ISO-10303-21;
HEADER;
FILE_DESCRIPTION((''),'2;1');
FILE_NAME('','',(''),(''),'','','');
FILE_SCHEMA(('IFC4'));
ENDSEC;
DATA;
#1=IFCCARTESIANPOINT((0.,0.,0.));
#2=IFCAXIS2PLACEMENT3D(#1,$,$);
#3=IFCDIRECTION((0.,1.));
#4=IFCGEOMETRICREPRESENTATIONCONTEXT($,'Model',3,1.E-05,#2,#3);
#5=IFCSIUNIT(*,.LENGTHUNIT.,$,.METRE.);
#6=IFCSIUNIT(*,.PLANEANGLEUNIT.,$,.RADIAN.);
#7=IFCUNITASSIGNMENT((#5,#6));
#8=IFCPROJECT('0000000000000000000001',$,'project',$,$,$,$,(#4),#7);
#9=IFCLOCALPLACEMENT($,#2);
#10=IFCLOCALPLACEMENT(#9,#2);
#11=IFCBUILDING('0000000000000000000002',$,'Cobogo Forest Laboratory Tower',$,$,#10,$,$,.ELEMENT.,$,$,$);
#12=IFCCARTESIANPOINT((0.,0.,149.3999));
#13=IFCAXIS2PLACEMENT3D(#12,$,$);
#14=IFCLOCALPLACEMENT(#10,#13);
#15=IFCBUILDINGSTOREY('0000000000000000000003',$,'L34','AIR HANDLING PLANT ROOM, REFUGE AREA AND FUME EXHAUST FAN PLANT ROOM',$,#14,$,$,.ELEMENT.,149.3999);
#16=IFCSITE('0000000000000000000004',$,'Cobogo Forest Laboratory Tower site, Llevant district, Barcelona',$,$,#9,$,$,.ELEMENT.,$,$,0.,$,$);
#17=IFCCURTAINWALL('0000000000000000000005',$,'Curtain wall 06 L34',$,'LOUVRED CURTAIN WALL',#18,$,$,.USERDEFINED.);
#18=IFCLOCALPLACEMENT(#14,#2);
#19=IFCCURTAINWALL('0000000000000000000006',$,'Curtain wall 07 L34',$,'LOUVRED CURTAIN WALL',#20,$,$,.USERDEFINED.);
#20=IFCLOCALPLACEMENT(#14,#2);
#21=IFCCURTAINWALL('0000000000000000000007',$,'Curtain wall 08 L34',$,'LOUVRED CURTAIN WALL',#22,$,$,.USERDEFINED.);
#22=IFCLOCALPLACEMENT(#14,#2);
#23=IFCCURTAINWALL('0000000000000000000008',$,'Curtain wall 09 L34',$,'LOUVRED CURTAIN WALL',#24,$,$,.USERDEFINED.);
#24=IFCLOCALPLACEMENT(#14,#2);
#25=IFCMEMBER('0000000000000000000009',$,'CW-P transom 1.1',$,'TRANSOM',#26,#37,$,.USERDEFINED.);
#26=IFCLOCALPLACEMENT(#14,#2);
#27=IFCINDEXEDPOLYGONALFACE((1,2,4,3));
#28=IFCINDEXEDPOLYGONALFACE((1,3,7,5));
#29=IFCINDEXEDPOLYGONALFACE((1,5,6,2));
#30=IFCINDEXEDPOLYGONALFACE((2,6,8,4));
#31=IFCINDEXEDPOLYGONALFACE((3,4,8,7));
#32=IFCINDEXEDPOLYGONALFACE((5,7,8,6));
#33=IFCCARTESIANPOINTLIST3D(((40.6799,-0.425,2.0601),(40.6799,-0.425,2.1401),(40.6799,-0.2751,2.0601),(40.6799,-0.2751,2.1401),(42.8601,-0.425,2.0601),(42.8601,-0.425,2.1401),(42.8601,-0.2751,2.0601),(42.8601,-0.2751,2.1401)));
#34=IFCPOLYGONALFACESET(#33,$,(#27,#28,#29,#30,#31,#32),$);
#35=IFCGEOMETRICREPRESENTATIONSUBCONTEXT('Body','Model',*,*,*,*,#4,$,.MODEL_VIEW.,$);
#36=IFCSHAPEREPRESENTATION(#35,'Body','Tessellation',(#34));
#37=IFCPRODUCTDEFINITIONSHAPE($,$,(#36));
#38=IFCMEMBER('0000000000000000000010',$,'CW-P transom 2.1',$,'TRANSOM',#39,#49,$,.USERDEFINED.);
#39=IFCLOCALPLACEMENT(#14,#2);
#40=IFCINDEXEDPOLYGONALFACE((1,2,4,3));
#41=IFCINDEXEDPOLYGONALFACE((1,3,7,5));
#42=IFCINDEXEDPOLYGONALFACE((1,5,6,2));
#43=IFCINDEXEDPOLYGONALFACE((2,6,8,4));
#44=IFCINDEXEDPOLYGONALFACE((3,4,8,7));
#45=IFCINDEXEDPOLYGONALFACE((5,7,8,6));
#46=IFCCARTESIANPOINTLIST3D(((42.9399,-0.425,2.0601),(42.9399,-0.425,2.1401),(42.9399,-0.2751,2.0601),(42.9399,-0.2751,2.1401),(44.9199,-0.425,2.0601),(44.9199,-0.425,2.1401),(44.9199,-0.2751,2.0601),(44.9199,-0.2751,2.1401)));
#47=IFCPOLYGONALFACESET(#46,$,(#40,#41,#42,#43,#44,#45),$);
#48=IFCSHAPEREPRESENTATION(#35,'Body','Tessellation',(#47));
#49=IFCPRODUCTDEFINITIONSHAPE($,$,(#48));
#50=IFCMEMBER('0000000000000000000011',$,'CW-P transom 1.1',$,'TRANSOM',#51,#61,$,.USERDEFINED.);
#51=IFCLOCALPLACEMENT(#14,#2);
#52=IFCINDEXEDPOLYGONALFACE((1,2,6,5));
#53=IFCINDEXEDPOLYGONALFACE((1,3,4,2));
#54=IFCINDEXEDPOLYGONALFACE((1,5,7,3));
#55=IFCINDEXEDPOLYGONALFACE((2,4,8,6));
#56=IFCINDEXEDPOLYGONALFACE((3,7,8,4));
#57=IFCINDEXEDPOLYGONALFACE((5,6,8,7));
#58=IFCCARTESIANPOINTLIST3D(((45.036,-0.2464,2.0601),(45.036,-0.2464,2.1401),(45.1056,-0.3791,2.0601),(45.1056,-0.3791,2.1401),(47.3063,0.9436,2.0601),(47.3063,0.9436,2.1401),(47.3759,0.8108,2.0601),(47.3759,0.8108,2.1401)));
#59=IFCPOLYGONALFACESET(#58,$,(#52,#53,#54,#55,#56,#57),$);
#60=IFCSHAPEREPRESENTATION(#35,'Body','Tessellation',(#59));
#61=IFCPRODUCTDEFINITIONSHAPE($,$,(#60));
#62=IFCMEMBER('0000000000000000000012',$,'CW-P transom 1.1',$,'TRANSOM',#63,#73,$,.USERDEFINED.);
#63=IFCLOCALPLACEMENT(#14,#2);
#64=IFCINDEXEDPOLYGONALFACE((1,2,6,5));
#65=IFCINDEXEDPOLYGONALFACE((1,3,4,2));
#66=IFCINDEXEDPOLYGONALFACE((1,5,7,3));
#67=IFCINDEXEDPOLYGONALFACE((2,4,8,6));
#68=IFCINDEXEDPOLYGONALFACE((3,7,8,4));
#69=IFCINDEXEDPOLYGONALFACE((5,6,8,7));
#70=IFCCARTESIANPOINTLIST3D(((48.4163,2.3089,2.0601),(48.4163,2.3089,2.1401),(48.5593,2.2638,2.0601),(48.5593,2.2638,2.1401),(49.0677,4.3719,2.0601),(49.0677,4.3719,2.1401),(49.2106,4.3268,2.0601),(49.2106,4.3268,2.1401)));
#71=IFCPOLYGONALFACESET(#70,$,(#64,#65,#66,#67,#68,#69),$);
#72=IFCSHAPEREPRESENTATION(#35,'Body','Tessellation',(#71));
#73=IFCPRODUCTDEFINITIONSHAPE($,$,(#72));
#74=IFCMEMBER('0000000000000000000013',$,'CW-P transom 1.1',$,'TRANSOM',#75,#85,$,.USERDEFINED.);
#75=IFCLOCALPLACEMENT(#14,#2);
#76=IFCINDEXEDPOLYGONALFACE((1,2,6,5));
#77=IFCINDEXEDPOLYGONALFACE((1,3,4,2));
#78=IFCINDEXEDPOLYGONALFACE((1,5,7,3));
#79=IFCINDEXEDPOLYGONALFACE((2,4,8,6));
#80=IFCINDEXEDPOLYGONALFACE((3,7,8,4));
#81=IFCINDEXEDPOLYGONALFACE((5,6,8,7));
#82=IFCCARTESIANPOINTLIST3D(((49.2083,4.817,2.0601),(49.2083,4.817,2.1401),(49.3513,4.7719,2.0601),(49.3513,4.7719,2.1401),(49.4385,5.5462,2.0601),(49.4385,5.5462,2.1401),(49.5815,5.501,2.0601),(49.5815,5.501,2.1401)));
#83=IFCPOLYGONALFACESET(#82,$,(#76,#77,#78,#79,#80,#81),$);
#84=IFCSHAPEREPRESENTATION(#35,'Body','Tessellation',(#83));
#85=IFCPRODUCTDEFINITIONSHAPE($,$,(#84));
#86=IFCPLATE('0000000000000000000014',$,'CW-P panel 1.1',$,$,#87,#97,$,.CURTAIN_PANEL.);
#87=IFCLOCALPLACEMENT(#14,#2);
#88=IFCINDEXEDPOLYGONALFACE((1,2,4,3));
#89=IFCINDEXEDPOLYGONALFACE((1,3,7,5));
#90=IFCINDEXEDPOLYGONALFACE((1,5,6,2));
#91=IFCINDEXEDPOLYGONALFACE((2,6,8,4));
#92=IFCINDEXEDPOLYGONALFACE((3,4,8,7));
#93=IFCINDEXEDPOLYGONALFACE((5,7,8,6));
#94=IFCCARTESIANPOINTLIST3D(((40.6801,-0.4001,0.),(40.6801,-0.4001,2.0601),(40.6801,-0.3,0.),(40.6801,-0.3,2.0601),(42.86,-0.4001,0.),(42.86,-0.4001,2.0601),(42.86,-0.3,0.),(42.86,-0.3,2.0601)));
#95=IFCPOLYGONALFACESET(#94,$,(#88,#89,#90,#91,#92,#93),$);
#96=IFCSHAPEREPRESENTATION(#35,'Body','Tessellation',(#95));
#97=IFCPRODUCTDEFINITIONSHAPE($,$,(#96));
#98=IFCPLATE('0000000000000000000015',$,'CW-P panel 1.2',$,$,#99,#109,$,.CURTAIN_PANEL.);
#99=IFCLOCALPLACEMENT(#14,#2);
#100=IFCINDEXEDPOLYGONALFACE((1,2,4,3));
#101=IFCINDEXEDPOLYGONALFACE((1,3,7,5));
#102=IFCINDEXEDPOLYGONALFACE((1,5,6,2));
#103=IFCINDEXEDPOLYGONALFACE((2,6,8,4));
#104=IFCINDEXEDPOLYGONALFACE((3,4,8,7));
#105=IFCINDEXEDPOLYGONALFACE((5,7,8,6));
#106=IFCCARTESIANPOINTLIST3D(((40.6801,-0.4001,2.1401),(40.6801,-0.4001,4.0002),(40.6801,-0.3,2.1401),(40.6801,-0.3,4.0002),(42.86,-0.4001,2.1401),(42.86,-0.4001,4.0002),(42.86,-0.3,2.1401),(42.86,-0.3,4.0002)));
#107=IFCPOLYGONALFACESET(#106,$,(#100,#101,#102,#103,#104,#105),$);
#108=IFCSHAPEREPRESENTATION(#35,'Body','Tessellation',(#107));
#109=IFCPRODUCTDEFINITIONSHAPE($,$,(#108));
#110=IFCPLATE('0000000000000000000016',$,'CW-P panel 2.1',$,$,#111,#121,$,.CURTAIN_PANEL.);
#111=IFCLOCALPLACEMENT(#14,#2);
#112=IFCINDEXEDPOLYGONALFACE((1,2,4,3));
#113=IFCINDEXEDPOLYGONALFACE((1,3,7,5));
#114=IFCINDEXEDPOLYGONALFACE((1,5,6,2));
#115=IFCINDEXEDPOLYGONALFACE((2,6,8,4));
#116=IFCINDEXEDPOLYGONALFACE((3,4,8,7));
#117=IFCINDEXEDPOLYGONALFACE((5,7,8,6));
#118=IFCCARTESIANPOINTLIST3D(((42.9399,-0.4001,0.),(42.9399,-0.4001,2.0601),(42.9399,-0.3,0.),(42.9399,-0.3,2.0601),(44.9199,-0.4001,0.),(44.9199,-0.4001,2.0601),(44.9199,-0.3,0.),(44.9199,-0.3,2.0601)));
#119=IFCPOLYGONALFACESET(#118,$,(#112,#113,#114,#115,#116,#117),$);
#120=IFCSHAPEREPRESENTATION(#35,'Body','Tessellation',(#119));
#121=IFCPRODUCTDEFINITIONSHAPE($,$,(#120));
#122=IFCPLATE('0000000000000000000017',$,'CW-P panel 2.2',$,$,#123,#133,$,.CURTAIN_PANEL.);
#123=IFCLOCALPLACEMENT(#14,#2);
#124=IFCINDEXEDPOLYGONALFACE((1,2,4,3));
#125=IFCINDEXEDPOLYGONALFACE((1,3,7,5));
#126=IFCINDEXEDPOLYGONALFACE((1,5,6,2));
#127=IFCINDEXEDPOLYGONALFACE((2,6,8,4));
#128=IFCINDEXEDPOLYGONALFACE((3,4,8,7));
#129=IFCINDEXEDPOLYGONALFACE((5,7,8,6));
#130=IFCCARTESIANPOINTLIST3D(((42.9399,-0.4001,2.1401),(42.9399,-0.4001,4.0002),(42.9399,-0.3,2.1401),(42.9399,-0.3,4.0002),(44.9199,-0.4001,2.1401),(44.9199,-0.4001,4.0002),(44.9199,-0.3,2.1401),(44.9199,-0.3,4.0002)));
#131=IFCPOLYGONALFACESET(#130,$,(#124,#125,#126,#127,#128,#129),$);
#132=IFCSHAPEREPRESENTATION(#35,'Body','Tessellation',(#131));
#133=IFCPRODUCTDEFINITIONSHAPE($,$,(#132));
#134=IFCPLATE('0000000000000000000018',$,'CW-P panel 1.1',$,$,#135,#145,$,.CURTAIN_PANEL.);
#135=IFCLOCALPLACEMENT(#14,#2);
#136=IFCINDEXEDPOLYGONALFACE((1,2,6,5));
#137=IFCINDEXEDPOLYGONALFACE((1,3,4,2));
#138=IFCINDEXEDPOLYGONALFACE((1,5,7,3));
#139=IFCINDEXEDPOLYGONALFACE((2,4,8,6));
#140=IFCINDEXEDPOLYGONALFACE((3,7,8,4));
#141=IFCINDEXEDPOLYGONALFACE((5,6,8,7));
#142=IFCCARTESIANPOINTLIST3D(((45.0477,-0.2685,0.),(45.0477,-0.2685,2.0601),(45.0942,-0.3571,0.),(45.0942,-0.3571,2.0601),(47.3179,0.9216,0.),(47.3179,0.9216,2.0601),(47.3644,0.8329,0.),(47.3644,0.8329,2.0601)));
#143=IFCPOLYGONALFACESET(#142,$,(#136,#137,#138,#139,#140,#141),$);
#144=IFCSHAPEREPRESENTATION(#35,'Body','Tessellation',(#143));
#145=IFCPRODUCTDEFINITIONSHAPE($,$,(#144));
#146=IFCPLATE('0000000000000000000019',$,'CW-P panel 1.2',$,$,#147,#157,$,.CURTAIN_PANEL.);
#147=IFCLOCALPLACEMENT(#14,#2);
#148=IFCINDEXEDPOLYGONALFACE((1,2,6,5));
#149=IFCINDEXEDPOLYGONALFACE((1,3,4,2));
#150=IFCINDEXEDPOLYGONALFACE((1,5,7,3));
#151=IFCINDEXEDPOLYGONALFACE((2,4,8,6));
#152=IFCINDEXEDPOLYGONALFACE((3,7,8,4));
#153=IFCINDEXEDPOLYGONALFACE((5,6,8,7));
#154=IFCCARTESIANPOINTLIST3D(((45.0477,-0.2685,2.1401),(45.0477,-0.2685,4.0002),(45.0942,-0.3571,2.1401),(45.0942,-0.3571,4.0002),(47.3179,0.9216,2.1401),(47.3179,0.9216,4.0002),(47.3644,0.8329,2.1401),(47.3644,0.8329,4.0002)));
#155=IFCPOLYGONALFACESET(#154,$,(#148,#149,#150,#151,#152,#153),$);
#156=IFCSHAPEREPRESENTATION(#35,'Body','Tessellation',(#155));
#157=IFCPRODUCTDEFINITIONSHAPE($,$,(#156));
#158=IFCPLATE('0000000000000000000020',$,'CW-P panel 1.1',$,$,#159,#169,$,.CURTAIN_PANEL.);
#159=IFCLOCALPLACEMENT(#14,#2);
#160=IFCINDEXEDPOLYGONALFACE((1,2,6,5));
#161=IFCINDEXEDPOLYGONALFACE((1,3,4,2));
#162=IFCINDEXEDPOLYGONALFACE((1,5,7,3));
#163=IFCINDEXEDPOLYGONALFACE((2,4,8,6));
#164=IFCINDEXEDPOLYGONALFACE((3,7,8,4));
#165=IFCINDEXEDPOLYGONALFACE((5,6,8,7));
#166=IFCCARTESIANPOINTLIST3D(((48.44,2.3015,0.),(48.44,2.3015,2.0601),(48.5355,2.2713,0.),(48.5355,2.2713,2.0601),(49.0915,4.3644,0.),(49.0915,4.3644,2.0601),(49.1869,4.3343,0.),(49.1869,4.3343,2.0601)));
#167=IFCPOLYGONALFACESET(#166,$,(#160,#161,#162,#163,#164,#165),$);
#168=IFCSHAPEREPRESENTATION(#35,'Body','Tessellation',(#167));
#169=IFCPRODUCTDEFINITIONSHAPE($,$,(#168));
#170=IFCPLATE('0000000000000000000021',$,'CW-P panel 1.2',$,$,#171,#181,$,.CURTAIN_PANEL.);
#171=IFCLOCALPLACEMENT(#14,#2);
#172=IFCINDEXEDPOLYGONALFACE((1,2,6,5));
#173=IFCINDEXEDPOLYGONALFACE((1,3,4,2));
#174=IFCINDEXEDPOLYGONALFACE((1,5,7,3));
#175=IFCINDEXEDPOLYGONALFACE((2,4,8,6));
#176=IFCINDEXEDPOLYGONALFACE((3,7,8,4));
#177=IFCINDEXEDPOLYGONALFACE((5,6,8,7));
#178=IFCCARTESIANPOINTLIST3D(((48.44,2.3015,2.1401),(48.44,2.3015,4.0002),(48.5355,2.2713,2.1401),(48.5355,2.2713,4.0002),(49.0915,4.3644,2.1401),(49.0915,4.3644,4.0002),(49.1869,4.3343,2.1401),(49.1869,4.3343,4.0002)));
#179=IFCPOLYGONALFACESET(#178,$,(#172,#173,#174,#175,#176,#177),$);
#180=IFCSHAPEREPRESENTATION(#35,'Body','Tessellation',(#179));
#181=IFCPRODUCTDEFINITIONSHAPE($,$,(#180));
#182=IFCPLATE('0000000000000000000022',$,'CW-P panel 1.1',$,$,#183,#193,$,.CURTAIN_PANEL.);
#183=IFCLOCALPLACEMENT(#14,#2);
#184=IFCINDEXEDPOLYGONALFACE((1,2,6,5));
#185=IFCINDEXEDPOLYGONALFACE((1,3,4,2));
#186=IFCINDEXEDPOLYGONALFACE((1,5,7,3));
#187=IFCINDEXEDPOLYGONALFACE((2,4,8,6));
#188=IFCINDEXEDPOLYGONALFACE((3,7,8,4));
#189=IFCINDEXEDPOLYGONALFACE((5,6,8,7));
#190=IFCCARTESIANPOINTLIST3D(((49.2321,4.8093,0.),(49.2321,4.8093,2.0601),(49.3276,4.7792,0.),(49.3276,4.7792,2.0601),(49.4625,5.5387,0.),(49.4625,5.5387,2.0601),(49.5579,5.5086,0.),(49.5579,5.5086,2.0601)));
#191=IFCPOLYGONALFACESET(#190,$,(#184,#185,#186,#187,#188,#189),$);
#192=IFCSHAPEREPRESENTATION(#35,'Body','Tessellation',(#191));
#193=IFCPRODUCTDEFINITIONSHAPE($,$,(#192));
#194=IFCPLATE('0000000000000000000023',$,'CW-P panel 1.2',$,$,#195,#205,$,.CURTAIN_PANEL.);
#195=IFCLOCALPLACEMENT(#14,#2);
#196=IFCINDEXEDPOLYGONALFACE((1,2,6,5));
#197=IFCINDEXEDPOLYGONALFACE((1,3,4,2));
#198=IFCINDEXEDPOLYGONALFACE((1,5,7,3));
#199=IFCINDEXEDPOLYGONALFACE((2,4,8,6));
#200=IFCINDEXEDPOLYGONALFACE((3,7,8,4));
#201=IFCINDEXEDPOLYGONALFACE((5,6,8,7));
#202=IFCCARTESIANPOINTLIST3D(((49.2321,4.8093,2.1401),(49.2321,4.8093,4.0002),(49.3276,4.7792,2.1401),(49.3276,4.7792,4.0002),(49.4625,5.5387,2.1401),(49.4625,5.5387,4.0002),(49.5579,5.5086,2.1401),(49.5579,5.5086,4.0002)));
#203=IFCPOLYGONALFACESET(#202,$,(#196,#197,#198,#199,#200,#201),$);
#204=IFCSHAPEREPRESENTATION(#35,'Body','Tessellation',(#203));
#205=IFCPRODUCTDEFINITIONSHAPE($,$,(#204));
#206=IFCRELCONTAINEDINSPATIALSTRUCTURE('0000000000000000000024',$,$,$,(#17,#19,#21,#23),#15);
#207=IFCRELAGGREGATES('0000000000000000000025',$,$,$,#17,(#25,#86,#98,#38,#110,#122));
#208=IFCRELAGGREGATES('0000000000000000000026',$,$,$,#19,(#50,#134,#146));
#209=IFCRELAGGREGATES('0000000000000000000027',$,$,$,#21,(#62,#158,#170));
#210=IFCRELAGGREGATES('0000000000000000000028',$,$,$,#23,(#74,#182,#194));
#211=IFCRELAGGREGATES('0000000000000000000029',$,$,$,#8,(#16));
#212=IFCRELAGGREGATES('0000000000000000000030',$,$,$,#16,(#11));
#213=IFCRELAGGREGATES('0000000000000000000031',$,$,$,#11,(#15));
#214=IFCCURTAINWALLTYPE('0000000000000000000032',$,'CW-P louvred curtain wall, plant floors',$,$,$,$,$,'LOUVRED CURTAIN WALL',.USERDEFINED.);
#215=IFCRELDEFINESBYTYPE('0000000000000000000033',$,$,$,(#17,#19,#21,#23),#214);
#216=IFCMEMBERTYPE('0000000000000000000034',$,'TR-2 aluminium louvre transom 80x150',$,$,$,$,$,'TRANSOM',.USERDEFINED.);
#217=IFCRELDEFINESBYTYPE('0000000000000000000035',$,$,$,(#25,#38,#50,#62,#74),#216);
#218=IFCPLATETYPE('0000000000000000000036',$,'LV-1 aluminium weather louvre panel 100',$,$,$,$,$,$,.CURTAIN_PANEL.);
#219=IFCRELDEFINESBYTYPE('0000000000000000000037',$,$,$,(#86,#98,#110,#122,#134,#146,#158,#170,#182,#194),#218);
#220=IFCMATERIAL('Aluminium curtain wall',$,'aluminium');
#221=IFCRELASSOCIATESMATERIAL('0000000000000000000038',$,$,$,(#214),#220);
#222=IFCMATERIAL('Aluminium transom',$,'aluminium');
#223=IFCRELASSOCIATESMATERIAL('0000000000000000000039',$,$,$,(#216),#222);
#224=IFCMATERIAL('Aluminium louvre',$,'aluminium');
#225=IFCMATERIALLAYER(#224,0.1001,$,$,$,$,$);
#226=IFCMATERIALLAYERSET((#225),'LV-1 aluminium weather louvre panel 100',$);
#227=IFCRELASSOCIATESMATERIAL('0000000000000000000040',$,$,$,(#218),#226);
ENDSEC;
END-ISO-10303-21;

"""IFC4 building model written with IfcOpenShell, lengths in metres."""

from ifc_helpers import new_model, si_unit, direction, frame, origin, origin_2d, place, context, subcontext, project, spatial, rectangle, extrude, material, layer, layer_set, material_profile, profile_set, type_object, element, aggregate, save


model = new_model("IFC4")

# Units and contexts
model_context = context("Model", 3, precision=1e-05, world=origin(), true_north=direction((0.0, 1.0)))
body_context = subcontext(model_context, "Body", "Model", "MODEL_VIEW")
ifc_project = project(units=[si_unit("LENGTHUNIT", "METRE"), si_unit("PLANEANGLEUNIT", "RADIAN")], contexts=[model_context])

# Site, building, storey
site_placement = place(None, origin())
site = spatial("IfcSite", under=ifc_project, at=site_placement, Name="Cobogo Forest Laboratory Tower site, Llevant district, Barcelona", CompositionType="ELEMENT", RefElevation=0.0)
building_placement = place(site_placement, origin())
building = spatial("IfcBuilding", under=site, at=building_placement, Name="Cobogo Forest Laboratory Tower", CompositionType="ELEMENT")
storey_placement = place(building_placement, frame((0.0, 0.0, 149.3999)))
storey = spatial("IfcBuildingStorey", under=building, at=storey_placement, Name="L34", Description="AIR HANDLING PLANT ROOM, REFUGE AREA AND FUME EXHAUST FAN PLANT ROOM", CompositionType="ELEMENT", Elevation=149.3999)

# Curtain walls
ifc_material_1 = material(Name="Aluminium curtain wall", Category="aluminium")
curtain_wall_type = type_object("IfcCurtainWallType", Name="CW-P louvred curtain wall, plant floors", ElementType="LOUVRED CURTAIN WALL", PredefinedType="USERDEFINED", material=ifc_material_1)
curtain_wall_1_placement = place(storey_placement, origin())
curtain_wall_1 = element("IfcCurtainWall", 1, at=curtain_wall_1_placement, inside=storey, type_object=curtain_wall_type, Name="Curtain wall 06 L34", ObjectType="LOUVRED CURTAIN WALL", PredefinedType="USERDEFINED")
curtain_wall_2_placement = place(storey_placement, origin())
curtain_wall_2 = element("IfcCurtainWall", 2, at=curtain_wall_2_placement, inside=storey, type_object=curtain_wall_type, Name="Curtain wall 07 L34", ObjectType="LOUVRED CURTAIN WALL", PredefinedType="USERDEFINED")
curtain_wall_3_placement = place(storey_placement, origin())
curtain_wall_3 = element("IfcCurtainWall", 3, at=curtain_wall_3_placement, inside=storey, type_object=curtain_wall_type, Name="Curtain wall 08 L34", ObjectType="LOUVRED CURTAIN WALL", PredefinedType="USERDEFINED")
curtain_wall_4_placement = place(storey_placement, origin())
curtain_wall_4 = element("IfcCurtainWall", 4, at=curtain_wall_4_placement, inside=storey, type_object=curtain_wall_type, Name="Curtain wall 09 L34", ObjectType="LOUVRED CURTAIN WALL", PredefinedType="USERDEFINED")

# Members
ifc_material_2 = material(Name="Aluminium transom", Category="aluminium")
ifc_material_profile_1 = material_profile(ifc_material_2, rectangle(XDim=0.1499, YDim=0.0801, at=origin_2d()), Name="AL 80x150")
ifc_profile_set_1 = profile_set([ifc_material_profile_1], Name="Aluminium transom")
member_type_1 = type_object("IfcMemberType", Name="TR-2 aluminium louvre transom 80x150", ElementType="TRANSOM", PredefinedType="USERDEFINED", material=ifc_profile_set_1)
member_1_placement = place(storey_placement, frame((40.6799, -0.3501, 2.1001), z_axis=(1.0, 0.0, 0.0), x_axis=(0.0, 1.0, 0.0)))
member_1 = element("IfcMember", 5, at=member_1_placement, type_object=member_type_1, Name="CW-P transom 1.1", ObjectType="TRANSOM", PredefinedType="USERDEFINED", context=body_context, shape_type="SweptSolid", body=[
    extrude(rectangle(XDim=0.1499, YDim=0.0801, at=origin_2d()), origin(), (0.0, 0.0, 1.0), 2.1802),
])
member_2_placement = place(storey_placement, frame((42.9399, -0.3501, 2.1001), z_axis=(1.0, 0.0, 0.0), x_axis=(0.0, 1.0, 0.0)))
member_2 = element("IfcMember", 6, at=member_2_placement, type_object=member_type_1, Name="CW-P transom 2.1", ObjectType="TRANSOM", PredefinedType="USERDEFINED", context=body_context, shape_type="SweptSolid", body=[
    extrude(rectangle(XDim=0.1499, YDim=0.0801, at=origin_2d()), origin(), (0.0, 0.0, 1.0), 1.98),
])
member_3_placement = place(storey_placement, frame((45.0708, -0.3127, 2.1001), z_axis=(0.88571, 0.464238, 0.0), x_axis=(-0.464238, 0.88571, 0.0)))
member_3 = element("IfcMember", 7, at=member_3_placement, type_object=member_type_1, Name="CW-P transom 1.1", ObjectType="TRANSOM", PredefinedType="USERDEFINED", context=body_context, shape_type="SweptSolid", body=[
    extrude(rectangle(XDim=0.1499, YDim=0.0801, at=origin_2d()), origin(), (0.0, 0.0, 1.0), 2.5632),
])
member_4_placement = place(storey_placement, frame((48.4878, 2.2864, 2.1001), z_axis=(0.301088, 0.953596, 0.0), x_axis=(-0.953596, 0.301088, 0.0)))
member_4 = element("IfcMember", 8, at=member_4_placement, type_object=member_type_1, Name="CW-P transom 1.1", ObjectType="TRANSOM", PredefinedType="USERDEFINED", context=body_context, shape_type="SweptSolid", body=[
    extrude(rectangle(XDim=0.1499, YDim=0.0801, at=origin_2d()), origin(), (0.0, 0.0, 1.0), 2.1633),
])
member_5_placement = place(storey_placement, frame((49.2798, 4.7944, 2.1001), z_axis=(0.301055, 0.953607, 0.0), x_axis=(-0.953607, 0.301055, 0.0)))
member_5 = element("IfcMember", 9, at=member_5_placement, type_object=member_type_1, Name="CW-P transom 1.1", ObjectType="TRANSOM", PredefinedType="USERDEFINED", context=body_context, shape_type="SweptSolid", body=[
    extrude(rectangle(XDim=0.1499, YDim=0.0801, at=origin_2d()), origin(), (0.0, 0.0, 1.0), 0.7646),
])

# Plates
ifc_material_3 = material(Name="Aluminium louvre", Category="aluminium")
ifc_layer = layer(ifc_material_3, 0.1001)
ifc_layer_set = layer_set([ifc_layer], Name="LV-1 aluminium weather louvre panel 100")
plate_type = type_object("IfcPlateType", Name="LV-1 aluminium weather louvre panel 100", PredefinedType="CURTAIN_PANEL", material=ifc_layer_set)
plate_1_placement = place(storey_placement, frame((41.77, -0.3501, 0.0), z_axis=(0.0, 0.0, 1.0), x_axis=(1.0, 0.0, 0.0)))
plate_1 = element("IfcPlate", 10, at=plate_1_placement, type_object=plate_type, Name="CW-P panel 1.1", PredefinedType="CURTAIN_PANEL", context=body_context, shape_type="SweptSolid", body=[
    extrude(rectangle(XDim=2.1799, YDim=0.1001, at=origin_2d()), origin(), (0.0, 0.0, 1.0), 2.0601),
])
plate_2_placement = place(storey_placement, frame((41.77, -0.3501, 2.1401), z_axis=(0.0, 0.0, 1.0), x_axis=(1.0, 0.0, 0.0)))
plate_2 = element("IfcPlate", 11, at=plate_2_placement, type_object=plate_type, Name="CW-P panel 1.2", PredefinedType="CURTAIN_PANEL", context=body_context, shape_type="SweptSolid", body=[
    extrude(rectangle(XDim=2.1799, YDim=0.1001, at=origin_2d()), origin(), (0.0, 0.0, 1.0), 1.8601),
])
plate_3_placement = place(storey_placement, frame((43.9299, -0.3501, 0.0), z_axis=(0.0, 0.0, 1.0), x_axis=(1.0, 0.0, 0.0)))
plate_3 = element("IfcPlate", 12, at=plate_3_placement, type_object=plate_type, Name="CW-P panel 2.1", PredefinedType="CURTAIN_PANEL", context=body_context, shape_type="SweptSolid", body=[
    extrude(rectangle(XDim=1.98, YDim=0.1001, at=origin_2d()), origin(), (0.0, 0.0, 1.0), 2.0601),
])
plate_4_placement = place(storey_placement, frame((43.9299, -0.3501, 2.1401), z_axis=(0.0, 0.0, 1.0), x_axis=(1.0, 0.0, 0.0)))
plate_4 = element("IfcPlate", 13, at=plate_4_placement, type_object=plate_type, Name="CW-P panel 2.2", PredefinedType="CURTAIN_PANEL", context=body_context, shape_type="SweptSolid", body=[
    extrude(rectangle(XDim=1.98, YDim=0.1001, at=origin_2d()), origin(), (0.0, 0.0, 1.0), 1.8601),
])
aggregate(curtain_wall_1, [member_1, plate_1, plate_2, member_2, plate_3, plate_4])
plate_5_placement = place(storey_placement, frame((46.2061, 0.2822, 0.0), z_axis=(0.0, 0.0, 1.0), x_axis=(0.885687, 0.464284, 0.0)))
plate_5 = element("IfcPlate", 14, at=plate_5_placement, type_object=plate_type, Name="CW-P panel 1.1", PredefinedType="CURTAIN_PANEL", context=body_context, shape_type="SweptSolid", body=[
    extrude(rectangle(XDim=2.5632, YDim=0.1001, at=origin_2d()), origin(), (0.0, 0.0, 1.0), 2.0601),
])
plate_6_placement = place(storey_placement, frame((46.2061, 0.2822, 2.1401), z_axis=(0.0, 0.0, 1.0), x_axis=(0.885687, 0.464284, 0.0)))
plate_6 = element("IfcPlate", 15, at=plate_6_placement, type_object=plate_type, Name="CW-P panel 1.2", PredefinedType="CURTAIN_PANEL", context=body_context, shape_type="SweptSolid", body=[
    extrude(rectangle(XDim=2.5632, YDim=0.1001, at=origin_2d()), origin(), (0.0, 0.0, 1.0), 1.8601),
])
aggregate(curtain_wall_2, [member_3, plate_5, plate_6])
plate_7_placement = place(storey_placement, frame((48.8135, 3.3179, 0.0), z_axis=(0.0, 0.0, 1.0), x_axis=(0.301135, 0.953581, 0.0)))
plate_7 = element("IfcPlate", 16, at=plate_7_placement, type_object=plate_type, Name="CW-P panel 1.1", PredefinedType="CURTAIN_PANEL", context=body_context, shape_type="SweptSolid", body=[
    extrude(rectangle(XDim=2.1633, YDim=0.1001, at=origin_2d()), origin(), (0.0, 0.0, 1.0), 2.0601),
])
plate_8_placement = place(storey_placement, frame((48.8135, 3.3179, 2.1401), z_axis=(0.0, 0.0, 1.0), x_axis=(0.301135, 0.953581, 0.0)))
plate_8 = element("IfcPlate", 17, at=plate_8_placement, type_object=plate_type, Name="CW-P panel 1.2", PredefinedType="CURTAIN_PANEL", context=body_context, shape_type="SweptSolid", body=[
    extrude(rectangle(XDim=2.1633, YDim=0.1001, at=origin_2d()), origin(), (0.0, 0.0, 1.0), 1.8601),
])
aggregate(curtain_wall_3, [member_4, plate_7, plate_8])
plate_9_placement = place(storey_placement, frame((49.395, 5.1589, 0.0), z_axis=(0.0, 0.0, 1.0), x_axis=(0.301135, 0.953581, 0.0)))
plate_9 = element("IfcPlate", 18, at=plate_9_placement, type_object=plate_type, Name="CW-P panel 1.1", PredefinedType="CURTAIN_PANEL", context=body_context, shape_type="SweptSolid", body=[
    extrude(rectangle(XDim=0.7649, YDim=0.1001, at=origin_2d()), origin(), (0.0, 0.0, 1.0), 2.0601),
])
plate_10_placement = place(storey_placement, frame((49.395, 5.1589, 2.1401), z_axis=(0.0, 0.0, 1.0), x_axis=(0.301135, 0.953581, 0.0)))
plate_10 = element("IfcPlate", 19, at=plate_10_placement, type_object=plate_type, Name="CW-P panel 1.2", PredefinedType="CURTAIN_PANEL", context=body_context, shape_type="SweptSolid", body=[
    extrude(rectangle(XDim=0.7649, YDim=0.1001, at=origin_2d()), origin(), (0.0, 0.0, 1.0), 1.8601),
])
aggregate(curtain_wall_4, [member_5, plate_9, plate_10])

save(model, "model.ifc")
